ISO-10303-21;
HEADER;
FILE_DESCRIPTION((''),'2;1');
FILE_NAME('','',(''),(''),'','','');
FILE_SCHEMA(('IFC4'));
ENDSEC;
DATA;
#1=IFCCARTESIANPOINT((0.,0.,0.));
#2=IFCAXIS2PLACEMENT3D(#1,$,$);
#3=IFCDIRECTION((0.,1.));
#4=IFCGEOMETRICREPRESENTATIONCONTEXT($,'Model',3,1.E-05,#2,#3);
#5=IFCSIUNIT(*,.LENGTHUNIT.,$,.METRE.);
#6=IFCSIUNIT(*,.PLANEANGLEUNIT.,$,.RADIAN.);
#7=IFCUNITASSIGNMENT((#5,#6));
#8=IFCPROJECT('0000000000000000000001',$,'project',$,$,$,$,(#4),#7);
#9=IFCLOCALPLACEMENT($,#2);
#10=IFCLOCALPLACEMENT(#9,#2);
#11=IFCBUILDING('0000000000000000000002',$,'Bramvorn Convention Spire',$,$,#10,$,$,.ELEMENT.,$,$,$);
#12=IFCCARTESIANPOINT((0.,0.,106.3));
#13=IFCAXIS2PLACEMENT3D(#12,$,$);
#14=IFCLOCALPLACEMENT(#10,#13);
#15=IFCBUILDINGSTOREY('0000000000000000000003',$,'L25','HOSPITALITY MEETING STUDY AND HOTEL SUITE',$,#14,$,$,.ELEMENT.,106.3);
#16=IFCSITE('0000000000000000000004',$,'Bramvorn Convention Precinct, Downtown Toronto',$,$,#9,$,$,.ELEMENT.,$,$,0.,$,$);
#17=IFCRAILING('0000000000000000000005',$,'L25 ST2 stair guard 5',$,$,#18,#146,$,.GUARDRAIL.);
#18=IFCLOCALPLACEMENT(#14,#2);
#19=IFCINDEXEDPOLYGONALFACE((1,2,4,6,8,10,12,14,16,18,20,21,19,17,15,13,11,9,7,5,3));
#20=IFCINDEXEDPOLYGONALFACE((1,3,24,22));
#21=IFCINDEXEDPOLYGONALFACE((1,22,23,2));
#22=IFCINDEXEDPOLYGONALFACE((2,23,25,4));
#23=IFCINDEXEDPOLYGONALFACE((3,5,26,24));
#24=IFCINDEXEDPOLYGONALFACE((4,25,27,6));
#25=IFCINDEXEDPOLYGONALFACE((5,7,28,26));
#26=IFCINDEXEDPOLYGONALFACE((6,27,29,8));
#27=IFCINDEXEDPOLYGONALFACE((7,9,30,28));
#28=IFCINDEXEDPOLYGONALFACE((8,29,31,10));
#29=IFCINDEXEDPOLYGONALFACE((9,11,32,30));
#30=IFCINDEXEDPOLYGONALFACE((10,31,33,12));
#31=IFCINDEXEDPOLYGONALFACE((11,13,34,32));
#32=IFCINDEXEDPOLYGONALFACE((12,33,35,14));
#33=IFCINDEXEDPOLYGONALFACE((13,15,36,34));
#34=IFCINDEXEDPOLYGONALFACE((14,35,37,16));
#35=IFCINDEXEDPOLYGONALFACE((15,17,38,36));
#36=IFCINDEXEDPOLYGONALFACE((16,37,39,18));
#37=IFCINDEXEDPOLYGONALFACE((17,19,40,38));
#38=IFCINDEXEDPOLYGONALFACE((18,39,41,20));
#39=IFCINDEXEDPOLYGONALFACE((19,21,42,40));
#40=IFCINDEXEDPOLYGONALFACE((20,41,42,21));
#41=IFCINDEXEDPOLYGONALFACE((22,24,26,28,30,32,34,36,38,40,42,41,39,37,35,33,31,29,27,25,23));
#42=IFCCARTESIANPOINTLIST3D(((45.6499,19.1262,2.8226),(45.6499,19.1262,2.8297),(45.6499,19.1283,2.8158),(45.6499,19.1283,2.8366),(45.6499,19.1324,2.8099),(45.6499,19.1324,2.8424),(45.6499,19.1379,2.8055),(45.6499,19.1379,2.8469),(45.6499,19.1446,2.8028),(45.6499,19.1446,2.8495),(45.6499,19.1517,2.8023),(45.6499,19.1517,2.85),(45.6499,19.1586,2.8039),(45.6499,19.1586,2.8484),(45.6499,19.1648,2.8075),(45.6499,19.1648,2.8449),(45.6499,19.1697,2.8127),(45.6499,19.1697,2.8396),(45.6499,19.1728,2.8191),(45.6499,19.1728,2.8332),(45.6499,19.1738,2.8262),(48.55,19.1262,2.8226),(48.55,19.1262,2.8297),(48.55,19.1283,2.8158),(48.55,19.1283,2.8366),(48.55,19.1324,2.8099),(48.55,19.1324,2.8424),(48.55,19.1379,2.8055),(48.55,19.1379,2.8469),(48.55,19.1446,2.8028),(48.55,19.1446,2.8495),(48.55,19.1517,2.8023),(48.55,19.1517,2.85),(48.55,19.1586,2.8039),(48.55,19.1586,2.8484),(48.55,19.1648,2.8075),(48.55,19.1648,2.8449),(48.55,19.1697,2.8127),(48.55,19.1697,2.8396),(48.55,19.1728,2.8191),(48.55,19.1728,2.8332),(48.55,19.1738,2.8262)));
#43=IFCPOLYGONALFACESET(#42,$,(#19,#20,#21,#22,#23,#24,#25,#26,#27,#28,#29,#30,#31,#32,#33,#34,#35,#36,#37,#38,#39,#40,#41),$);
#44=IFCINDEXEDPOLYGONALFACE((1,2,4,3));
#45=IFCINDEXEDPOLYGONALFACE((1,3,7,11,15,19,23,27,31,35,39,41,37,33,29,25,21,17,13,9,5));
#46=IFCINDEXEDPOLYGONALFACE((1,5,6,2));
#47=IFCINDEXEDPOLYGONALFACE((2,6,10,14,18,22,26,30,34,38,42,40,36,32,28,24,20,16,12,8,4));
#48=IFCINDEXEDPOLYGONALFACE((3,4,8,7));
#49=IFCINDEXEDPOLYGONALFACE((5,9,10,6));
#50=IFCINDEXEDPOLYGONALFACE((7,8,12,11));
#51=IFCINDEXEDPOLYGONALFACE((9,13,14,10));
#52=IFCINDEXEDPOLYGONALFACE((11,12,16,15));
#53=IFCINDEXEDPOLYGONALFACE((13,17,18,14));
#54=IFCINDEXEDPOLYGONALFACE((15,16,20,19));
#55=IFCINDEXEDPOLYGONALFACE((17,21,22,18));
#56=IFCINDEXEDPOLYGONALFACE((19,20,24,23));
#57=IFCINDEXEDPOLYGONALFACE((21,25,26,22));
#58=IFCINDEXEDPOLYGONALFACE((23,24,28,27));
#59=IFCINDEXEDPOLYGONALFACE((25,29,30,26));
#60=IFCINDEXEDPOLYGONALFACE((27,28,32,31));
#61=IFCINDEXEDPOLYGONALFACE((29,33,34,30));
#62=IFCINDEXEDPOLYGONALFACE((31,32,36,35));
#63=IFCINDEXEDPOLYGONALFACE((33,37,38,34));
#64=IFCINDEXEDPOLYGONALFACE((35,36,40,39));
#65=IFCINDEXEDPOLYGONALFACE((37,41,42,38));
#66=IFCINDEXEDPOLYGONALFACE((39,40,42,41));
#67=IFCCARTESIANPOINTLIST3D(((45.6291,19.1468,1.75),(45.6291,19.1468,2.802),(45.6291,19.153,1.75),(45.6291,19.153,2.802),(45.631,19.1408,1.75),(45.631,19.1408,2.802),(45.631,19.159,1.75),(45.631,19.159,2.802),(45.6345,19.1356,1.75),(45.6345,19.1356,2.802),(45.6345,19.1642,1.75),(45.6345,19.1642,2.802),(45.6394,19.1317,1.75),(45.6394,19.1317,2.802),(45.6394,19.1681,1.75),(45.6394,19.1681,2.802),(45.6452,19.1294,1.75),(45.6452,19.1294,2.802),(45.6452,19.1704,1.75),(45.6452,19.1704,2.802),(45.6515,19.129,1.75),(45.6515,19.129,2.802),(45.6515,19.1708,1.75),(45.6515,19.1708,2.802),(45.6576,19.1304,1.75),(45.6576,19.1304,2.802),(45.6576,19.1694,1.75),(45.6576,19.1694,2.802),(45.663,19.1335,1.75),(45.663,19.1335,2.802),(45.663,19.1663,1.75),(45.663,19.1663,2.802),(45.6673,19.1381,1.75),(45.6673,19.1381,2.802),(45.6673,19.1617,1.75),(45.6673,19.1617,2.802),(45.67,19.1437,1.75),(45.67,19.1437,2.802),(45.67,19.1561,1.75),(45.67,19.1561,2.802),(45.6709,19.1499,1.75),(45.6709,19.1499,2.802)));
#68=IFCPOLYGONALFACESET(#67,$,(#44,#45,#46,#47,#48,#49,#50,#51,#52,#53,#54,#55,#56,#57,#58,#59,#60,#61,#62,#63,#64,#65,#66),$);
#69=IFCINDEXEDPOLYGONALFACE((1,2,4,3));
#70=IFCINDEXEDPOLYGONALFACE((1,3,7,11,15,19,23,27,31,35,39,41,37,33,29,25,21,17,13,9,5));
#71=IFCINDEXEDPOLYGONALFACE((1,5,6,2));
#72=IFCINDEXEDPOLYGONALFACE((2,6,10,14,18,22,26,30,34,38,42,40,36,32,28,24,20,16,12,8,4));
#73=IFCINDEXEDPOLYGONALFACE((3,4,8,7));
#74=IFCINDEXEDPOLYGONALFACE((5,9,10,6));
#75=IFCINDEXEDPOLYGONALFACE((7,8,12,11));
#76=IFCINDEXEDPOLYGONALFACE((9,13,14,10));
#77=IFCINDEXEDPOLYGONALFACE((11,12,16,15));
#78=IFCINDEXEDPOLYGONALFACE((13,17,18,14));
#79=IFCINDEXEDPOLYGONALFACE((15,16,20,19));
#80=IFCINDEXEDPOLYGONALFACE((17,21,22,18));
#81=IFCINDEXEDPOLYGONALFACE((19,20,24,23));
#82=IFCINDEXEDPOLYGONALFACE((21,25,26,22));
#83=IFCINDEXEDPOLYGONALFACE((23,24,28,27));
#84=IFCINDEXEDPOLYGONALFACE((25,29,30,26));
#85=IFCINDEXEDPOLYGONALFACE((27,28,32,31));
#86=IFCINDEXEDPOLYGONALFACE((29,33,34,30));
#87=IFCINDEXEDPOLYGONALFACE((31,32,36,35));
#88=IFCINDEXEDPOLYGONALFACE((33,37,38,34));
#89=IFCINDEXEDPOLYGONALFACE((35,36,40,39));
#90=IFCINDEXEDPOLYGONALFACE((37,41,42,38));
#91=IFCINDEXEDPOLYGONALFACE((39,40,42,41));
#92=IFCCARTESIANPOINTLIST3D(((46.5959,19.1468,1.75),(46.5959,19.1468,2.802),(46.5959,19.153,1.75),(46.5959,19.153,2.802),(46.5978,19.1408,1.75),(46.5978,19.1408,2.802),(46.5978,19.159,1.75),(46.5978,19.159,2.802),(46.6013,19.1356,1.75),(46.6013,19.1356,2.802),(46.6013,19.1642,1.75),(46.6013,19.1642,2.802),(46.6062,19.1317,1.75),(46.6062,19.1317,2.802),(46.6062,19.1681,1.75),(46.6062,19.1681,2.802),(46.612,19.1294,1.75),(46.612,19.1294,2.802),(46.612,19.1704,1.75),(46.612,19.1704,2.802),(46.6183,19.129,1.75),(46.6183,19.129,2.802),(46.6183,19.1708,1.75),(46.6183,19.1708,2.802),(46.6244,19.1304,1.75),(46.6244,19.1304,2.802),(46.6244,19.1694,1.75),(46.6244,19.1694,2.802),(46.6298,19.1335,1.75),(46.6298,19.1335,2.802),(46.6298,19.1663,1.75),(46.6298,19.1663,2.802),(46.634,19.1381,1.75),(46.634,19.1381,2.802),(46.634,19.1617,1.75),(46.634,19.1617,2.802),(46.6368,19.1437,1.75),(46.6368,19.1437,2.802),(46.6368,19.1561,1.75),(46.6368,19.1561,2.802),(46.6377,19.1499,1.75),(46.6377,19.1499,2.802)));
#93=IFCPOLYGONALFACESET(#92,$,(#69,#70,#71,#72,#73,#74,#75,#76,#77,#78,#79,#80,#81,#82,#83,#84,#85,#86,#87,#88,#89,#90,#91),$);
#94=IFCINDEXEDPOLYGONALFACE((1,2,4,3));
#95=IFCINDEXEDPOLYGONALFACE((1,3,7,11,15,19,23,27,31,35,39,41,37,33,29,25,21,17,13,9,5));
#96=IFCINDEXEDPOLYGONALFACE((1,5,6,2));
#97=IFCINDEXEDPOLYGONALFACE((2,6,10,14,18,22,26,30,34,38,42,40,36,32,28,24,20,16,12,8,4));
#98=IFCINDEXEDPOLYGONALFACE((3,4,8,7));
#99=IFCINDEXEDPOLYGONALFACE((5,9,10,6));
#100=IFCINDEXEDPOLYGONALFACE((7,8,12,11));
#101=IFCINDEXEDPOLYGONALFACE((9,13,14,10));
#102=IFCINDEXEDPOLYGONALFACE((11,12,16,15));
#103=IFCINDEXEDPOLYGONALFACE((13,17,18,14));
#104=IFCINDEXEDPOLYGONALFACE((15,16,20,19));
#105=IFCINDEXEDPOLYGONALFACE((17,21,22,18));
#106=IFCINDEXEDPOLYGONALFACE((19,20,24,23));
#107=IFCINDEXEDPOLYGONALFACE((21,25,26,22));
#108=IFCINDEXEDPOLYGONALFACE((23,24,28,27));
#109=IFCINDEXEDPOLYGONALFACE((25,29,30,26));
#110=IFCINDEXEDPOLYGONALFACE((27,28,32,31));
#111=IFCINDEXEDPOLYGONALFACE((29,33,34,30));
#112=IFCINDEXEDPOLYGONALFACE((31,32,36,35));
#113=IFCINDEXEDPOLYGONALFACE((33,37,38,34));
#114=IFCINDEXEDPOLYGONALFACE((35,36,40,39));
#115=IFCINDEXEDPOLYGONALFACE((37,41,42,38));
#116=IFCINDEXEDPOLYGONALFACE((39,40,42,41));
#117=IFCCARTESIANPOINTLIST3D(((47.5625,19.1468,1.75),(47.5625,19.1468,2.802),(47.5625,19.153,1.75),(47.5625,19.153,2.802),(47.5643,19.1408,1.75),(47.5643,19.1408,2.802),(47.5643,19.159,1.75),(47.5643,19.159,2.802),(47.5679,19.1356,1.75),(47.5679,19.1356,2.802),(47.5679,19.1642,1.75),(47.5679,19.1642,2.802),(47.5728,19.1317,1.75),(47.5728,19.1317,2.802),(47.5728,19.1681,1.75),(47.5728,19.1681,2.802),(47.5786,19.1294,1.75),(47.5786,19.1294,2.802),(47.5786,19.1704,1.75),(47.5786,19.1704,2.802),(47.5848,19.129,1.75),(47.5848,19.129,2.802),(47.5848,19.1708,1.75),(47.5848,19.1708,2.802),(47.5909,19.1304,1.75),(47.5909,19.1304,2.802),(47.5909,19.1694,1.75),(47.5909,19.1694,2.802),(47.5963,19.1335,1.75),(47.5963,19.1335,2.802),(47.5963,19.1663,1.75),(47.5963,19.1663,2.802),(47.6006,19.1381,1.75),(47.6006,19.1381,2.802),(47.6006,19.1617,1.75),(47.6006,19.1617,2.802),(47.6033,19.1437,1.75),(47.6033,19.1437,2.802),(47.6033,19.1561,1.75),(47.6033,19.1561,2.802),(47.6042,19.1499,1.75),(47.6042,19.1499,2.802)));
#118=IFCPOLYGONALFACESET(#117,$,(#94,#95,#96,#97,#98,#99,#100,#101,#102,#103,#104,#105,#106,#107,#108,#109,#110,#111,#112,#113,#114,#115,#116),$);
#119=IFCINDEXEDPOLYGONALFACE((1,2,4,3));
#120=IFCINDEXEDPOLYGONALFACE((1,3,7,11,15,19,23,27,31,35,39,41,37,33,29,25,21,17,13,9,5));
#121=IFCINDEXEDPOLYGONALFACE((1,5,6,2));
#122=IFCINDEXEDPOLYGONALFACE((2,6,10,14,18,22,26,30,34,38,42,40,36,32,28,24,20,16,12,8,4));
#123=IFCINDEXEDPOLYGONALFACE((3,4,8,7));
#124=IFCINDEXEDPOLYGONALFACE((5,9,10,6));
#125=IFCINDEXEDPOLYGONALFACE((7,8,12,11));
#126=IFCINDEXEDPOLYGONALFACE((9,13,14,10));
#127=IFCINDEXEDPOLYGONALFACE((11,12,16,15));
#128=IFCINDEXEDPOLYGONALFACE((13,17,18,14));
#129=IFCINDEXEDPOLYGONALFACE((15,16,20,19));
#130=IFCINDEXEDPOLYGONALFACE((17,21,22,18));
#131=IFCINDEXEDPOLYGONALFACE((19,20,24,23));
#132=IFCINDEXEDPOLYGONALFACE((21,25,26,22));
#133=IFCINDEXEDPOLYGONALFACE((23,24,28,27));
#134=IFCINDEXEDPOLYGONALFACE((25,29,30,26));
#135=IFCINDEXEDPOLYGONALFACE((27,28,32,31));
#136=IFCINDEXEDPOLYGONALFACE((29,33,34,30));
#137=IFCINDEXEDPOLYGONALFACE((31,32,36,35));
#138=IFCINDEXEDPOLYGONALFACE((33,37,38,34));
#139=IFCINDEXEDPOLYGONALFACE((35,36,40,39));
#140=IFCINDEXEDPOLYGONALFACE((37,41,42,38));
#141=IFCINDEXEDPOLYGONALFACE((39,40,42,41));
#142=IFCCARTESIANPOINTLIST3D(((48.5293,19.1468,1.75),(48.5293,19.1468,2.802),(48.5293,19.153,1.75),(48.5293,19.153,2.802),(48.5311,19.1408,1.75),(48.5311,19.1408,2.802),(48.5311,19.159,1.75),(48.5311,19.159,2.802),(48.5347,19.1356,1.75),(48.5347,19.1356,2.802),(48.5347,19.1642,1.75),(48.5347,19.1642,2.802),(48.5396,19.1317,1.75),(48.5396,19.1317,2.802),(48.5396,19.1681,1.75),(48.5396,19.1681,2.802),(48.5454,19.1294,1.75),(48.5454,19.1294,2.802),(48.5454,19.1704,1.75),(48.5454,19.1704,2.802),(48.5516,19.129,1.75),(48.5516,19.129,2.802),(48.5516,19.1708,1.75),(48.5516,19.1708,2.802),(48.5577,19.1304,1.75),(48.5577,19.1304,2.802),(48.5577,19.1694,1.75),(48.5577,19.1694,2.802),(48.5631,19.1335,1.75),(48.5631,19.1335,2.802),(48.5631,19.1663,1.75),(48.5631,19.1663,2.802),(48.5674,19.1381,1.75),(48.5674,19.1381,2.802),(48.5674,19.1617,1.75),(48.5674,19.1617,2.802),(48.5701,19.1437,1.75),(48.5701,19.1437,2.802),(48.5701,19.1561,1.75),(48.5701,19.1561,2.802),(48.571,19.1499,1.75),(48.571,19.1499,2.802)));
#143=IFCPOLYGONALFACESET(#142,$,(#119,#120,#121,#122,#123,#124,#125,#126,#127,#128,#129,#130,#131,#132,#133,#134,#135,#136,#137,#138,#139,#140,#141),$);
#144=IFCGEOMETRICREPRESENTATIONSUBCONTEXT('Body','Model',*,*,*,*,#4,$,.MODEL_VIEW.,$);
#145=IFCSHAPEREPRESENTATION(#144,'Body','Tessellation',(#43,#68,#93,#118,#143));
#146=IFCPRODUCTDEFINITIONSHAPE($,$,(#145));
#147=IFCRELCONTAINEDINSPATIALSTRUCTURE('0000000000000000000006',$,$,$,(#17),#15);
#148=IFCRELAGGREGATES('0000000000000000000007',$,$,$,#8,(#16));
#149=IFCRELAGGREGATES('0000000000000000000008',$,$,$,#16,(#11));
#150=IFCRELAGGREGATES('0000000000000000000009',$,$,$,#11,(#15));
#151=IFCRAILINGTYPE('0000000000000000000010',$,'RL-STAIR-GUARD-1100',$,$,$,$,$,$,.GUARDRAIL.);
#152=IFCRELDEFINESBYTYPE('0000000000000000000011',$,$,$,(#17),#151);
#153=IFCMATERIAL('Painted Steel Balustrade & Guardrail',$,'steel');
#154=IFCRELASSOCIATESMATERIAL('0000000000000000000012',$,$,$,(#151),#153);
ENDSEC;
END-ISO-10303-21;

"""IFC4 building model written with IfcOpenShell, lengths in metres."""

from ifc_helpers import new_model, si_unit, direction, frame, origin, origin_2d, place, context, subcontext, project, spatial, circle, extrude, material, type_object, element, save


model = new_model("IFC4")

# Units and contexts
model_context = context("Model", 3, precision=1e-05, world=origin(), true_north=direction((0.0, 1.0)))
body_context = subcontext(model_context, "Body", "Model", "MODEL_VIEW")
ifc_project = project(units=[si_unit("LENGTHUNIT", "METRE"), si_unit("PLANEANGLEUNIT", "RADIAN")], contexts=[model_context])

# Site, building, storey
site_placement = place(None, origin())
site = spatial("IfcSite", under=ifc_project, at=site_placement, Name="Bramvorn Convention Precinct, Downtown Toronto", CompositionType="ELEMENT", RefElevation=0.0)
building_placement = place(site_placement, origin())
building = spatial("IfcBuilding", under=site, at=building_placement, Name="Bramvorn Convention Spire", CompositionType="ELEMENT")
storey_placement = place(building_placement, frame((0.0, 0.0, 106.3)))
storey = spatial("IfcBuildingStorey", under=building, at=storey_placement, Name="L25", Description="HOSPITALITY MEETING STUDY AND HOTEL SUITE", CompositionType="ELEMENT", Elevation=106.3)

# Railing
ifc_material_1 = material(Name="Painted Steel Balustrade & Guardrail", Category="steel")
railing_type = type_object("IfcRailingType", Name="RL-STAIR-GUARD-1100", PredefinedType="GUARDRAIL", material=ifc_material_1)
railing_1_placement = place(storey_placement, frame((45.6499, 19.1499, 1.75)))
element("IfcRailing", 1, at=railing_1_placement, inside=storey, type_object=railing_type, Name="L25 ST2 stair guard 5", PredefinedType="GUARDRAIL", context=body_context, shape_type="SweptSolid", body=[
    extrude(circle(Radius=0.0239, at=origin_2d()), frame((0.0, 0.0, 1.0762), z_axis=(1.0, 0.0, 0.0), x_axis=(0.0, 1.0, 0.0)), (0.0, 0.0, 1.0), 2.9001),
    extrude(circle(Radius=0.021, at=origin_2d()), origin(), (0.0, 0.0, 1.0), 1.052),
    extrude(circle(Radius=0.021, at=origin_2d()), frame((0.9668, 0.0, 0.0)), (0.0, 0.0, 1.0), 1.052),
    extrude(circle(Radius=0.021, at=origin_2d()), frame((1.9333, 0.0, 0.0)), (0.0, 0.0, 1.0), 1.052),
    extrude(circle(Radius=0.021, at=origin_2d()), frame((2.9001, 0.0, 0.0)), (0.0, 0.0, 1.0), 1.052),
])

save(model, "model.ifc")
